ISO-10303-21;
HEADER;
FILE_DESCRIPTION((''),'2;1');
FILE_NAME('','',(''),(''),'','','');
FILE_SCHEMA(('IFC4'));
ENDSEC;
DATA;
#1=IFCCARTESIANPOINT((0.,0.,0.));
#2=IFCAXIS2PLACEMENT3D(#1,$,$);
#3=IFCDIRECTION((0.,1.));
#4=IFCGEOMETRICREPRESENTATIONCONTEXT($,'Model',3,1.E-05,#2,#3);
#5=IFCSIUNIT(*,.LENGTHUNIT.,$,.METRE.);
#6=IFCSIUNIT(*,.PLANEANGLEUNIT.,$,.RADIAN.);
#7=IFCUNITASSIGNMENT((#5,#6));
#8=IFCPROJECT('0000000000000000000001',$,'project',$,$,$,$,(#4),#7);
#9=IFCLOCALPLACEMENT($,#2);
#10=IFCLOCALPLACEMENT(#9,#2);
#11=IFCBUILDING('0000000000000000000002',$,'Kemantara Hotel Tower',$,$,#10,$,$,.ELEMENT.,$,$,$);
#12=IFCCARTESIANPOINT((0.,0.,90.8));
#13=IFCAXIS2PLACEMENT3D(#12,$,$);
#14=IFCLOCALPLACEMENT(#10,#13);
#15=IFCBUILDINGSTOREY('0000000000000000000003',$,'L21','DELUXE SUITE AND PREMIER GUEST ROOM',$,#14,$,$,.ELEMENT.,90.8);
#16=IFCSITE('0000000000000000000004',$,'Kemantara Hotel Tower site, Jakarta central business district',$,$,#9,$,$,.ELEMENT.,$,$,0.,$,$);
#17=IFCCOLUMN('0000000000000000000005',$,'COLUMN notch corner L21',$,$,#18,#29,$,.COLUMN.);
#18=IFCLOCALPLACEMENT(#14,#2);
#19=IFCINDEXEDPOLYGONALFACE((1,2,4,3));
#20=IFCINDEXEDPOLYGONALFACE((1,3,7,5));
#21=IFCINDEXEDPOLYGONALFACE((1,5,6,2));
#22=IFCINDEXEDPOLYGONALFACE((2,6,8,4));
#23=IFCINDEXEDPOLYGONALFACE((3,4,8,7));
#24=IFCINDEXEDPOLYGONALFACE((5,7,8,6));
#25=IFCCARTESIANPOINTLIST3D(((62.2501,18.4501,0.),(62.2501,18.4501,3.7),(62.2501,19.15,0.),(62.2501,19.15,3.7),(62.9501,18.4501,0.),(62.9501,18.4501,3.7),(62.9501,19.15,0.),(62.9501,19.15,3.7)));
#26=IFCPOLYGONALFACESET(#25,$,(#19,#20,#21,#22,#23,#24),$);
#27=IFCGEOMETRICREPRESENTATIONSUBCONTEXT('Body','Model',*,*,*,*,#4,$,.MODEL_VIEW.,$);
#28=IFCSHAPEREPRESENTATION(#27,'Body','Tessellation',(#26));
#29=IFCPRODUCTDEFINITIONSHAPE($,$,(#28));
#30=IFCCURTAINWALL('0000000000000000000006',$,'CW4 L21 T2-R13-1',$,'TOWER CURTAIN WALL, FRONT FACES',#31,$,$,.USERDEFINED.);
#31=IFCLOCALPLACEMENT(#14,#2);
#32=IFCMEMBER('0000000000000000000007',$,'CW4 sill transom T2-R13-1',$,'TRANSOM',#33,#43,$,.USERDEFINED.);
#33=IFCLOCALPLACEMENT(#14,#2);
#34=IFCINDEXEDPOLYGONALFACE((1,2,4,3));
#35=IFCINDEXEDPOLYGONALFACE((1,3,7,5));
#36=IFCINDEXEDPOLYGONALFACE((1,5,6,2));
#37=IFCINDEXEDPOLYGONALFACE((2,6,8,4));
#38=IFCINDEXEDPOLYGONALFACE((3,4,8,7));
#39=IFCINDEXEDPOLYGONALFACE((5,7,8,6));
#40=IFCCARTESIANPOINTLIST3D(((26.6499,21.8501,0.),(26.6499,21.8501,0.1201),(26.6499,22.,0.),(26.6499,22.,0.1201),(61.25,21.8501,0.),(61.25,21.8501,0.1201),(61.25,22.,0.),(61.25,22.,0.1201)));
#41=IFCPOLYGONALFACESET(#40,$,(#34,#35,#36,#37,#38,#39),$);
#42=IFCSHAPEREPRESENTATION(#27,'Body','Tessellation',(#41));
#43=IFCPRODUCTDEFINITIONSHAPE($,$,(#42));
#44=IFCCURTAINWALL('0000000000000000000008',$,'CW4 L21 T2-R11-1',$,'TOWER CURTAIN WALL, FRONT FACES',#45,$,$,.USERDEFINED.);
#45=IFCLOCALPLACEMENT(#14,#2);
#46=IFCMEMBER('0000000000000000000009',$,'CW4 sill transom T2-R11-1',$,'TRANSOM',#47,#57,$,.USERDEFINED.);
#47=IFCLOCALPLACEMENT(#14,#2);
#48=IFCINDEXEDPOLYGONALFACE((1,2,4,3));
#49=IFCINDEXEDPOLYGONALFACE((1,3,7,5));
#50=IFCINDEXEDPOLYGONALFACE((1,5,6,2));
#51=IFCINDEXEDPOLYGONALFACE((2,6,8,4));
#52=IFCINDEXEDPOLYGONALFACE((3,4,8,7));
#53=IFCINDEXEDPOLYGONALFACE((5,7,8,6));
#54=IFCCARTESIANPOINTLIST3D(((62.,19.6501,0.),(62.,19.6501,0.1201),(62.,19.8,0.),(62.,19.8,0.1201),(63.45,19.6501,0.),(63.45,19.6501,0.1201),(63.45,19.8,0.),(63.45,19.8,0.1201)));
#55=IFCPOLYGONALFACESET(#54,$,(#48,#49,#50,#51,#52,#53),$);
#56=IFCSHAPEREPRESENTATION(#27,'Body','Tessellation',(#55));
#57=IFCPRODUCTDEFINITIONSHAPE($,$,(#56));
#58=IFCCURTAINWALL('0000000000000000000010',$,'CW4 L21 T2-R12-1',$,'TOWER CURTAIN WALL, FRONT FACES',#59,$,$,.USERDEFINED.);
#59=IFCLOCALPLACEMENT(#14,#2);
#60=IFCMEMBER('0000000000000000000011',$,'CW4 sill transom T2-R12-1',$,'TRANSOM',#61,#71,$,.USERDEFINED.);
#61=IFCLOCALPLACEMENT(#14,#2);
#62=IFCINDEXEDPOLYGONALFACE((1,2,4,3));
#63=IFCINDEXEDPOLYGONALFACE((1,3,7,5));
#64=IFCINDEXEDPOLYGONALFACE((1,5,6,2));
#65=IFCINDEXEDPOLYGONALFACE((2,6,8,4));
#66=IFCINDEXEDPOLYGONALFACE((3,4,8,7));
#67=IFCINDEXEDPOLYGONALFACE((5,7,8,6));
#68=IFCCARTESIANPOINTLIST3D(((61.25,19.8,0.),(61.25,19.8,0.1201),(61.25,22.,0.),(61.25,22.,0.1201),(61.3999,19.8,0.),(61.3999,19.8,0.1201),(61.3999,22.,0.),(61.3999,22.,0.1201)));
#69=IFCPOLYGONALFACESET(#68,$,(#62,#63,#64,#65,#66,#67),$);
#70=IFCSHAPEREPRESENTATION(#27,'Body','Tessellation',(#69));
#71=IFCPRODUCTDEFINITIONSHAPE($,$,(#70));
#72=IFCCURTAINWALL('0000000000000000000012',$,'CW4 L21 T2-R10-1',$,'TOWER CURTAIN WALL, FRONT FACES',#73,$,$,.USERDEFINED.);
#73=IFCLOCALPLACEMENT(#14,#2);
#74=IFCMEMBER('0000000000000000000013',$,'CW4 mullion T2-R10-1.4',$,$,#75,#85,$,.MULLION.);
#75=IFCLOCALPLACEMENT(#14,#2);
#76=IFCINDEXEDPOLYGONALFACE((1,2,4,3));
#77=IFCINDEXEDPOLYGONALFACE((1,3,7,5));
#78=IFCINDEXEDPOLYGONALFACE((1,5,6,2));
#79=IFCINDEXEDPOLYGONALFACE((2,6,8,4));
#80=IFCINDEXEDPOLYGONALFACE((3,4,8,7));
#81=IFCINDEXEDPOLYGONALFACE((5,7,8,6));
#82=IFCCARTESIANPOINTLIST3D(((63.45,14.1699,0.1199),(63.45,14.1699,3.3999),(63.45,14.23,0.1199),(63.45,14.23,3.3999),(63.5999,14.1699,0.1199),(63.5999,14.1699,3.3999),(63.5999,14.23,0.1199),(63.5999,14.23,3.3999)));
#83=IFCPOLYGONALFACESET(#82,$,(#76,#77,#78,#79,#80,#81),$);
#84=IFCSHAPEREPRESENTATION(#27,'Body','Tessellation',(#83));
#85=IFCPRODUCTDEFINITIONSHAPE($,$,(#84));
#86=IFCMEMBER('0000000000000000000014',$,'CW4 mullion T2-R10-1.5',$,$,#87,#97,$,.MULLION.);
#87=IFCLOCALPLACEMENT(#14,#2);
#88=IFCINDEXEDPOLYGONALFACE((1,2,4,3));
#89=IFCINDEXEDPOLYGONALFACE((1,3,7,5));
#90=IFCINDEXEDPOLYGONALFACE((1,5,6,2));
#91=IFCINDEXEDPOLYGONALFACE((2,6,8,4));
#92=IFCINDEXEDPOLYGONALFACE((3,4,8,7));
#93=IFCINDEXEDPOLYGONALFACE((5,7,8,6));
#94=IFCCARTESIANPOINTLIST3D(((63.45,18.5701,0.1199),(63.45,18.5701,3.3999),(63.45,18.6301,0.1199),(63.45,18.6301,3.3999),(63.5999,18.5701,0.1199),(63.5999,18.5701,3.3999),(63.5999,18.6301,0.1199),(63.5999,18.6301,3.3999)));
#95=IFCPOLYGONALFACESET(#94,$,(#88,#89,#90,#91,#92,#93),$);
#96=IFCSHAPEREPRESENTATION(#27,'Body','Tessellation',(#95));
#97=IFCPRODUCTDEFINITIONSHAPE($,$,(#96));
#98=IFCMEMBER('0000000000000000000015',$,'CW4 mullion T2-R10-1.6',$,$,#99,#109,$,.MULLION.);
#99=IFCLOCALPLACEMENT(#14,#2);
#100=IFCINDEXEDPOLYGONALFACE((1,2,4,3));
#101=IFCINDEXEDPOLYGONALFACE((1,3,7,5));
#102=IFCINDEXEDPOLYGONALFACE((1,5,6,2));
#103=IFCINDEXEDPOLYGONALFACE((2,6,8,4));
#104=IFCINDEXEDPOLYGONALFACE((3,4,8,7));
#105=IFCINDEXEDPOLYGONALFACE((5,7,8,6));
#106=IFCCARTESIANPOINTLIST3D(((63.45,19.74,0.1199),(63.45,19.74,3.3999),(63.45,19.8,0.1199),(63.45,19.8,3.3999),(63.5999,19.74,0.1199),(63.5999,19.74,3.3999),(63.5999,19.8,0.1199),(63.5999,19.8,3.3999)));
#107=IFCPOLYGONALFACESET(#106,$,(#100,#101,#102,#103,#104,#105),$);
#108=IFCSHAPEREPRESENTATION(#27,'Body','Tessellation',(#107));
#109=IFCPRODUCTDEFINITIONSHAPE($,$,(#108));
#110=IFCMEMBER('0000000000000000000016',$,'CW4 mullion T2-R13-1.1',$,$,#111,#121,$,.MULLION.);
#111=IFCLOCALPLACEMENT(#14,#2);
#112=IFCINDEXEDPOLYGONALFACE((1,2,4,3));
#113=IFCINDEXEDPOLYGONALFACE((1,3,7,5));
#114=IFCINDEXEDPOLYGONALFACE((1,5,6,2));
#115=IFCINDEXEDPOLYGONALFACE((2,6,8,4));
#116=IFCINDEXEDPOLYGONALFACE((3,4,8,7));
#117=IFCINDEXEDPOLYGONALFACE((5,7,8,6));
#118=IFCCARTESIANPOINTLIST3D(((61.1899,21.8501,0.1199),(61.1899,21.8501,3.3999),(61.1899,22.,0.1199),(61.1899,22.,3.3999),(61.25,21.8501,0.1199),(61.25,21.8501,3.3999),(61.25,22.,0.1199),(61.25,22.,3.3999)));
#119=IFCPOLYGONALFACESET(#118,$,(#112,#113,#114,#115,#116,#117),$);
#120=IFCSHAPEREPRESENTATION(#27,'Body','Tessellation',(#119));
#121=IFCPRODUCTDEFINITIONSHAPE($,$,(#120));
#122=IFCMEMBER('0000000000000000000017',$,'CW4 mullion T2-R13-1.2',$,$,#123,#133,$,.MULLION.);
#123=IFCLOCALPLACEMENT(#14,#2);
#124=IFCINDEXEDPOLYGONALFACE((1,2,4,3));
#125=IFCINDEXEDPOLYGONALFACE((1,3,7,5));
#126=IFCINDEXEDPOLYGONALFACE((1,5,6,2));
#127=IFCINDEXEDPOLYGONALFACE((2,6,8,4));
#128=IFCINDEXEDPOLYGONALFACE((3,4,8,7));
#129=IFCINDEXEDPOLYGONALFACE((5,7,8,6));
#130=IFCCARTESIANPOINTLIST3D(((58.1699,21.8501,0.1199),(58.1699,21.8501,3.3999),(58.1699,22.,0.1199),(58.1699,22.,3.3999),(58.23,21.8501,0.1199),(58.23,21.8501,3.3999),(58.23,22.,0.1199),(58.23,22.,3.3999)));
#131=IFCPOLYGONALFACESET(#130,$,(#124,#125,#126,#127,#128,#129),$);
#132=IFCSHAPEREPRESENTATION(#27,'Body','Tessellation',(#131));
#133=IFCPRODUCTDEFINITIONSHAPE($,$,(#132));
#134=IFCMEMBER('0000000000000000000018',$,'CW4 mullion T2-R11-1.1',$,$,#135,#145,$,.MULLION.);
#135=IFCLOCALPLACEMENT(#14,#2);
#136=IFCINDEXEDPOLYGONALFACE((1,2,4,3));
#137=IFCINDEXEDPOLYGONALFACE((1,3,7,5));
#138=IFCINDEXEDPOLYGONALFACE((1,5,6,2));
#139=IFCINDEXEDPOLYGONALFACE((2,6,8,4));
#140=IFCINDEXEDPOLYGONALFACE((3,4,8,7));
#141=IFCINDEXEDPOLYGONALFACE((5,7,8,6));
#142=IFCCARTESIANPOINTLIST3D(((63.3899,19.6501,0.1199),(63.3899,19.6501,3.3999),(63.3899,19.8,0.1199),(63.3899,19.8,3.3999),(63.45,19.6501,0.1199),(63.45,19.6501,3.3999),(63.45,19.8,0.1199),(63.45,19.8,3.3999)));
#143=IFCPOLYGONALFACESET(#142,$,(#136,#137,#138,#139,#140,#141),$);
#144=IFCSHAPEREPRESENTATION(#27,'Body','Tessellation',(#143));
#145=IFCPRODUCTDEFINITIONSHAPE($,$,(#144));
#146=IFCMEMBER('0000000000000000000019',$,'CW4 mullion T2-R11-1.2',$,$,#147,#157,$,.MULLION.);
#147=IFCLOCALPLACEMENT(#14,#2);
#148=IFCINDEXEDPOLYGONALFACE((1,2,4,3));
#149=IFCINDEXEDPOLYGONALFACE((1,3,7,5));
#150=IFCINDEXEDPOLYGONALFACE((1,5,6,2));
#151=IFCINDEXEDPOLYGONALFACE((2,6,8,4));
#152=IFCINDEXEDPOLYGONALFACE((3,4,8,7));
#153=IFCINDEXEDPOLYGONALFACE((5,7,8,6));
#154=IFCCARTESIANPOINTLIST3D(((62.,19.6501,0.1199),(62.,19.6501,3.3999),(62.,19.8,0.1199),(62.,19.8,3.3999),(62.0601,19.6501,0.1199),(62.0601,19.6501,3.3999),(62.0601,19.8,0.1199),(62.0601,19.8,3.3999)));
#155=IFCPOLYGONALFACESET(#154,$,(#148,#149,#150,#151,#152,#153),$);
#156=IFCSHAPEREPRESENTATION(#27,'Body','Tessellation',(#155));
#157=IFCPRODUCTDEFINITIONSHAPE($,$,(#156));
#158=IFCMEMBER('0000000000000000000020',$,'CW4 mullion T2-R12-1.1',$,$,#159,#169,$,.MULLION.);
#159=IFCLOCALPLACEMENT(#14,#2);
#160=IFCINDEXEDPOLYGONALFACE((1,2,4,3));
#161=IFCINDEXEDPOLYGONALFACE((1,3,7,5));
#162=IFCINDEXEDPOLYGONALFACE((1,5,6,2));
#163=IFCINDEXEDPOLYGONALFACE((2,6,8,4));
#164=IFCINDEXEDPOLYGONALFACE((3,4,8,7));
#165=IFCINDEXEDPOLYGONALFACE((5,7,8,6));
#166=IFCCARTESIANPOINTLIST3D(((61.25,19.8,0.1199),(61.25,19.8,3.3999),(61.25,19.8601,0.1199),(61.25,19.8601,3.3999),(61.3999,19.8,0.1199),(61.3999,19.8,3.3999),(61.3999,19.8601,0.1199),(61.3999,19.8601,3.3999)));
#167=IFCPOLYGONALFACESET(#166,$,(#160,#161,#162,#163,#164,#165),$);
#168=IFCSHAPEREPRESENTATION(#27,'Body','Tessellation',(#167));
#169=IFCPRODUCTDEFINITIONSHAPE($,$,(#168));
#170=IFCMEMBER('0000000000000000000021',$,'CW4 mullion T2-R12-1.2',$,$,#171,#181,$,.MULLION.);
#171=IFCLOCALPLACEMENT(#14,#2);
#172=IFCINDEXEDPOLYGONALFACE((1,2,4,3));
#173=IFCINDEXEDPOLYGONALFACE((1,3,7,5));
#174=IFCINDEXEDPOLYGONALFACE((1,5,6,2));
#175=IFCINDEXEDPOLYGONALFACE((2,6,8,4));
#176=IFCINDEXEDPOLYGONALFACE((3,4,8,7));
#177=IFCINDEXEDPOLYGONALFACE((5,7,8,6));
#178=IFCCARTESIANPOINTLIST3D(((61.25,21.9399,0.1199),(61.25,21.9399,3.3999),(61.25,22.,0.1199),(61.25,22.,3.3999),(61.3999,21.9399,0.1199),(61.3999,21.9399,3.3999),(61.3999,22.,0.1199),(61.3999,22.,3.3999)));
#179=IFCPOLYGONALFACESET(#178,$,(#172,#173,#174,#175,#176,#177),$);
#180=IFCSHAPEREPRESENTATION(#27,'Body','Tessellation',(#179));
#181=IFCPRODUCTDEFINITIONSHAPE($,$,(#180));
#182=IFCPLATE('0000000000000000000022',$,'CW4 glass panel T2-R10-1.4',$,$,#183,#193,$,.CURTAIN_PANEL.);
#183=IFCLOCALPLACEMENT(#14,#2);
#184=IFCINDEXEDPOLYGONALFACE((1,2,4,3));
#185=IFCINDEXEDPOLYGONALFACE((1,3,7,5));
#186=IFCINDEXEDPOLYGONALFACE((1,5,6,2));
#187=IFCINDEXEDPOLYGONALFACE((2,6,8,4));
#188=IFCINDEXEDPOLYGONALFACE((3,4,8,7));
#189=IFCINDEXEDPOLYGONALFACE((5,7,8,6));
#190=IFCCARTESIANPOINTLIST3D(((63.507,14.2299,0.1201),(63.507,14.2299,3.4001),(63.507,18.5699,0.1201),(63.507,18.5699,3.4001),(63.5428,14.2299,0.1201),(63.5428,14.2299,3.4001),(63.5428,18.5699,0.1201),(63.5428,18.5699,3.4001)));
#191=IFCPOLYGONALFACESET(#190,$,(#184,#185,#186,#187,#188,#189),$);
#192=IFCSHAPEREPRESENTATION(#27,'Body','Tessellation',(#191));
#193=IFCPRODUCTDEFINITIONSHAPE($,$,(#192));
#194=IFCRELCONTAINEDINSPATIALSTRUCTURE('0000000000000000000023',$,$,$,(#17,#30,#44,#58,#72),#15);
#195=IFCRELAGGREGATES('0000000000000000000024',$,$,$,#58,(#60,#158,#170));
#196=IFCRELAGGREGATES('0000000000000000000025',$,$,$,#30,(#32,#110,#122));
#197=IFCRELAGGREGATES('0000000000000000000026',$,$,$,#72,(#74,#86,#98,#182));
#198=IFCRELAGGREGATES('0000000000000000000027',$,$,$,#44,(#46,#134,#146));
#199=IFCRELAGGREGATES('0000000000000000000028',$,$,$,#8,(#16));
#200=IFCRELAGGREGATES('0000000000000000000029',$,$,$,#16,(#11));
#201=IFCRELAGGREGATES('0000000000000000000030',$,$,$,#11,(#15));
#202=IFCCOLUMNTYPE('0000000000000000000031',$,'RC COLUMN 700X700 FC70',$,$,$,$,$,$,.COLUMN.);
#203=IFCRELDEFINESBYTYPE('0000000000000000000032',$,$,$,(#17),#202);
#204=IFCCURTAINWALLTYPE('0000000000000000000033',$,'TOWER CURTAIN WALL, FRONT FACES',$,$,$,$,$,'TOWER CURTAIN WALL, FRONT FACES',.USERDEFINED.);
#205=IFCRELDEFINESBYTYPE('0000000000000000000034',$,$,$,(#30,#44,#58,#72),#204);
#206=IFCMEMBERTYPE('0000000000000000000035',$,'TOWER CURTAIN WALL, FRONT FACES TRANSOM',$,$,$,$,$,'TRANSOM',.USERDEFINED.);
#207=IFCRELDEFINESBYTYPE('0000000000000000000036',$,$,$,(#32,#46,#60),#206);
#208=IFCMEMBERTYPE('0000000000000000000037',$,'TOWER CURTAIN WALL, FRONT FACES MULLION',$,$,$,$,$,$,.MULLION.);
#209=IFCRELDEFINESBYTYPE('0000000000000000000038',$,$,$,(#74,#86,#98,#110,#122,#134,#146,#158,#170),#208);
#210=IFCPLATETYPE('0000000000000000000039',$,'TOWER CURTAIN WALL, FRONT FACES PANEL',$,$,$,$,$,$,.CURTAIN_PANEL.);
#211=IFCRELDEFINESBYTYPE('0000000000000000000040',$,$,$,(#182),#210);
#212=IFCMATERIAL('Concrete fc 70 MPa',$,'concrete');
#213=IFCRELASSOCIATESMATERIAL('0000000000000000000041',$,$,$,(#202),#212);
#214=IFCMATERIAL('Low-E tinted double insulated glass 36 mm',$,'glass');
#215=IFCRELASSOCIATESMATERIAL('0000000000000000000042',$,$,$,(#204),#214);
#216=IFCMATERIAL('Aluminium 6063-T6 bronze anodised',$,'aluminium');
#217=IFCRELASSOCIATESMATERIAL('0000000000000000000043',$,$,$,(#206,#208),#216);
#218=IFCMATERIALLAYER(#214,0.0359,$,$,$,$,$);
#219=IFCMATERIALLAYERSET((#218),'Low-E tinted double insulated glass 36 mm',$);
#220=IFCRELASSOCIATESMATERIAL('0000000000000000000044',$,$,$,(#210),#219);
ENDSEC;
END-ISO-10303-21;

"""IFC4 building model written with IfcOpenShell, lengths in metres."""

from ifc_helpers import new_model, si_unit, direction, frame, origin, origin_2d, place, context, subcontext, project, spatial, rectangle, extrude, source, transform, mapped, material, layer, layer_set, material_profile, profile_set, type_object, element, aggregate, save


model = new_model("IFC4")

# Units and contexts
model_context = context("Model", 3, precision=1e-05, world=origin(), true_north=direction((0.0, 1.0)))
body_context = subcontext(model_context, "Body", "Model", "MODEL_VIEW")
ifc_project = project(units=[si_unit("LENGTHUNIT", "METRE"), si_unit("PLANEANGLEUNIT", "RADIAN")], contexts=[model_context])

# Site, building, storey
site_placement = place(None, origin())
site = spatial("IfcSite", under=ifc_project, at=site_placement, Name="Kemantara Hotel Tower site, Jakarta central business district", CompositionType="ELEMENT", RefElevation=0.0)
building_placement = place(site_placement, origin())
building = spatial("IfcBuilding", under=site, at=building_placement, Name="Kemantara Hotel Tower", CompositionType="ELEMENT")
storey_placement = place(building_placement, frame((0.0, 0.0, 90.8)))
storey = spatial("IfcBuildingStorey", under=building, at=storey_placement, Name="L21", Description="DELUXE SUITE AND PREMIER GUEST ROOM", CompositionType="ELEMENT", Elevation=90.8)

# Column
ifc_material_1 = material(Name="Concrete fc 70 MPa", Category="concrete")
ifc_material_profile_1 = material_profile(ifc_material_1, rectangle(XDim=0.7, YDim=0.7, at=origin_2d()), Name="RC 700X700")
ifc_profile_set_1 = profile_set([ifc_material_profile_1], Name="Concrete fc 70 MPa")
column_type = type_object("IfcColumnType", Name="RC COLUMN 700X700 FC70", PredefinedType="COLUMN", material=ifc_profile_set_1)
column_placement = place(storey_placement, frame((62.6001, 18.8, 0.0), z_axis=(0.0, 0.0, 1.0), x_axis=(1.0, 0.0, 0.0)))
element("IfcColumn", 1, at=column_placement, inside=storey, type_object=column_type, Name="COLUMN notch corner L21", PredefinedType="COLUMN", context=body_context, shape_type="SweptSolid", body=[
    extrude(rectangle(XDim=0.7, YDim=0.7, at=origin_2d()), origin(), (0.0, 0.0, 1.0), 3.7),
])

# Curtain walls, members
ifc_material_2 = material(Name="Low-E tinted double insulated glass 36 mm", Category="glass")
curtain_wall_type = type_object("IfcCurtainWallType", Name="TOWER CURTAIN WALL, FRONT FACES", ElementType="TOWER CURTAIN WALL, FRONT FACES", PredefinedType="USERDEFINED", material=ifc_material_2)
curtain_wall_1_placement = place(storey_placement, origin())
curtain_wall_1 = element("IfcCurtainWall", 2, at=curtain_wall_1_placement, inside=storey, type_object=curtain_wall_type, Name="CW4 L21 T2-R13-1", ObjectType="TOWER CURTAIN WALL, FRONT FACES", PredefinedType="USERDEFINED")
ifc_material_3 = material(Name="Aluminium 6063-T6 bronze anodised", Category="aluminium")
ifc_material_profile_2 = material_profile(ifc_material_3, rectangle(XDim=0.1499, YDim=0.1201, at=origin_2d()), Name="TOWER CURTAIN WALL, FRONT FACES TRANSOM")
ifc_profile_set_2 = profile_set([ifc_material_profile_2], Name="Aluminium 6063-T6 bronze anodised")
member_type_1 = type_object("IfcMemberType", Name="TOWER CURTAIN WALL, FRONT FACES TRANSOM", ElementType="TRANSOM", PredefinedType="USERDEFINED", material=ifc_profile_set_2)
member_1_placement = place(storey_placement, frame((61.25, 21.925, 0.0601), z_axis=(-1.0, 0.0, 0.0), x_axis=(0.0, -1.0, 0.0)))
member_1 = element("IfcMember", 3, at=member_1_placement, type_object=member_type_1, Name="CW4 sill transom T2-R13-1", ObjectType="TRANSOM", PredefinedType="USERDEFINED", context=body_context, shape_type="SweptSolid", body=[
    extrude(rectangle(XDim=0.1499, YDim=0.1201, at=origin_2d()), origin(), (0.0, 0.0, 1.0), 34.6001),
])
curtain_wall_2_placement = place(storey_placement, origin())
curtain_wall_2 = element("IfcCurtainWall", 4, at=curtain_wall_2_placement, inside=storey, type_object=curtain_wall_type, Name="CW4 L21 T2-R11-1", ObjectType="TOWER CURTAIN WALL, FRONT FACES", PredefinedType="USERDEFINED")
member_2_placement = place(storey_placement, frame((63.45, 19.7251, 0.0601), z_axis=(-1.0, 0.0, 0.0), x_axis=(0.0, -1.0, 0.0)))
member_2 = element("IfcMember", 5, at=member_2_placement, type_object=member_type_1, Name="CW4 sill transom T2-R11-1", ObjectType="TRANSOM", PredefinedType="USERDEFINED", context=body_context, shape_type="SweptSolid", body=[
    extrude(rectangle(XDim=0.1499, YDim=0.1201, at=origin_2d()), origin(), (0.0, 0.0, 1.0), 1.45),
])
curtain_wall_3_placement = place(storey_placement, origin())
curtain_wall_3 = element("IfcCurtainWall", 6, at=curtain_wall_3_placement, inside=storey, type_object=curtain_wall_type, Name="CW4 L21 T2-R12-1", ObjectType="TOWER CURTAIN WALL, FRONT FACES", PredefinedType="USERDEFINED")
member_3_placement = place(storey_placement, frame((61.325, 19.8, 0.0601), z_axis=(0.0, 1.0, 0.0), x_axis=(-1.0, 0.0, 0.0)))
member_3 = element("IfcMember", 7, at=member_3_placement, type_object=member_type_1, Name="CW4 sill transom T2-R12-1", ObjectType="TRANSOM", PredefinedType="USERDEFINED", context=body_context, shape_type="SweptSolid", body=[
    extrude(rectangle(XDim=0.1499, YDim=0.1201, at=origin_2d()), origin(), (0.0, 0.0, 1.0), 2.2),
])

# Curtain wall, members
curtain_wall_4_placement = place(storey_placement, origin())
curtain_wall_4 = element("IfcCurtainWall", 8, at=curtain_wall_4_placement, inside=storey, type_object=curtain_wall_type, Name="CW4 L21 T2-R10-1", ObjectType="TOWER CURTAIN WALL, FRONT FACES", PredefinedType="USERDEFINED")
ifc_material_profile_3 = material_profile(ifc_material_3, rectangle(XDim=0.1499, YDim=0.0601, at=origin_2d()), Name="TOWER CURTAIN WALL, FRONT FACES MULLION")
ifc_profile_set_3 = profile_set([ifc_material_profile_3], Name="Aluminium 6063-T6 bronze anodised")
member_type_2 = type_object("IfcMemberType", Name="TOWER CURTAIN WALL, FRONT FACES MULLION", PredefinedType="MULLION", material=ifc_profile_set_3)
shared_shape_1 = source(origin(), body_context, "Body", "SweptSolid", [
    extrude(rectangle(XDim=0.1499, YDim=0.0601, at=origin_2d()), origin(), (0.0, 0.0, 1.0), 3.28),
])
member_4_placement = place(storey_placement, frame((63.5249, 14.2, 0.1199), z_axis=(0.0, 0.0, 1.0), x_axis=(-1.0, 0.0, 0.0)))
member_4 = element("IfcMember", 9, at=member_4_placement, type_object=member_type_2, Name="CW4 mullion T2-R10-1.4", PredefinedType="MULLION", context=body_context, shape_type="MappedRepresentation", body=[
    mapped(shared_shape_1, transform((0.0, 0.0, 0.0))),
])
member_5_placement = place(storey_placement, frame((63.5249, 18.6001, 0.1199), z_axis=(0.0, 0.0, 1.0), x_axis=(-1.0, 0.0, 0.0)))
member_5 = element("IfcMember", 10, at=member_5_placement, type_object=member_type_2, Name="CW4 mullion T2-R10-1.5", PredefinedType="MULLION", context=body_context, shape_type="MappedRepresentation", body=[
    mapped(shared_shape_1, transform((0.0, 0.0, 0.0))),
])
member_6_placement = place(storey_placement, frame((63.5249, 19.77, 0.1199), z_axis=(0.0, 0.0, 1.0), x_axis=(-1.0, 0.0, 0.0)))
member_6 = element("IfcMember", 11, at=member_6_placement, type_object=member_type_2, Name="CW4 mullion T2-R10-1.6", PredefinedType="MULLION", context=body_context, shape_type="MappedRepresentation", body=[
    mapped(shared_shape_1, transform((0.0, 0.0, 0.0))),
])

# Members
member_7_placement = place(storey_placement, frame((61.22, 21.925, 0.1199), z_axis=(0.0, 0.0, 1.0), x_axis=(0.0, -1.0, 0.0)))
member_7 = element("IfcMember", 12, at=member_7_placement, type_object=member_type_2, Name="CW4 mullion T2-R13-1.1", PredefinedType="MULLION", context=body_context, shape_type="MappedRepresentation", body=[
    mapped(shared_shape_1, transform((0.0, 0.0, 0.0))),
])
member_8_placement = place(storey_placement, frame((58.2, 21.925, 0.1199), z_axis=(0.0, 0.0, 1.0), x_axis=(0.0, -1.0, 0.0)))
member_8 = element("IfcMember", 13, at=member_8_placement, type_object=member_type_2, Name="CW4 mullion T2-R13-1.2", PredefinedType="MULLION", context=body_context, shape_type="MappedRepresentation", body=[
    mapped(shared_shape_1, transform((0.0, 0.0, 0.0))),
])
member_9_placement = place(storey_placement, frame((63.4199, 19.7251, 0.1199), z_axis=(0.0, 0.0, 1.0), x_axis=(0.0, -1.0, 0.0)))
member_9 = element("IfcMember", 14, at=member_9_placement, type_object=member_type_2, Name="CW4 mullion T2-R11-1.1", PredefinedType="MULLION", context=body_context, shape_type="MappedRepresentation", body=[
    mapped(shared_shape_1, transform((0.0, 0.0, 0.0))),
])
member_10_placement = place(storey_placement, frame((62.03, 19.7251, 0.1199), z_axis=(0.0, 0.0, 1.0), x_axis=(0.0, -1.0, 0.0)))
member_10 = element("IfcMember", 15, at=member_10_placement, type_object=member_type_2, Name="CW4 mullion T2-R11-1.2", PredefinedType="MULLION", context=body_context, shape_type="MappedRepresentation", body=[
    mapped(shared_shape_1, transform((0.0, 0.0, 0.0))),
])
member_11_placement = place(storey_placement, frame((61.325, 19.8301, 0.1199), z_axis=(0.0, 0.0, 1.0), x_axis=(-1.0, 0.0, 0.0)))
member_11 = element("IfcMember", 16, at=member_11_placement, type_object=member_type_2, Name="CW4 mullion T2-R12-1.1", PredefinedType="MULLION", context=body_context, shape_type="MappedRepresentation", body=[
    mapped(shared_shape_1, transform((0.0, 0.0, 0.0))),
])
member_12_placement = place(storey_placement, frame((61.325, 21.97, 0.1199), z_axis=(0.0, 0.0, 1.0), x_axis=(-1.0, 0.0, 0.0)))
member_12 = element("IfcMember", 17, at=member_12_placement, type_object=member_type_2, Name="CW4 mullion T2-R12-1.2", PredefinedType="MULLION", context=body_context, shape_type="MappedRepresentation", body=[
    mapped(shared_shape_1, transform((0.0, 0.0, 0.0))),
])

# Plate
ifc_layer_1 = layer(ifc_material_2, 0.0359)
ifc_layer_set_1 = layer_set([ifc_layer_1], Name="Low-E tinted double insulated glass 36 mm")
plate_type = type_object("IfcPlateType", Name="TOWER CURTAIN WALL, FRONT FACES PANEL", PredefinedType="CURTAIN_PANEL", material=ifc_layer_set_1)
shared_shape_2 = source(origin(), body_context, "Body", "SweptSolid", [
    extrude(rectangle(XDim=4.3401, YDim=0.0359, at=origin_2d()), origin(), (0.0, 0.0, 1.0), 3.28),
])
plate_1_placement = place(storey_placement, frame((63.5249, 16.3999, 0.1201), z_axis=(0.0, 0.0, 1.0), x_axis=(0.0, 1.0, 0.0)))
plate_1 = element("IfcPlate", 18, at=plate_1_placement, type_object=plate_type, Name="CW4 glass panel T2-R10-1.4", PredefinedType="CURTAIN_PANEL", context=body_context, shape_type="MappedRepresentation", body=[
    mapped(shared_shape_2, transform((0.0, 0.0, 0.0))),
])
aggregate(curtain_wall_3, [member_3, member_11, member_12])
aggregate(curtain_wall_1, [member_1, member_7, member_8])
aggregate(curtain_wall_4, [member_4, member_5, member_6, plate_1])
aggregate(curtain_wall_2, [member_2, member_9, member_10])

save(model, "model.ifc")
